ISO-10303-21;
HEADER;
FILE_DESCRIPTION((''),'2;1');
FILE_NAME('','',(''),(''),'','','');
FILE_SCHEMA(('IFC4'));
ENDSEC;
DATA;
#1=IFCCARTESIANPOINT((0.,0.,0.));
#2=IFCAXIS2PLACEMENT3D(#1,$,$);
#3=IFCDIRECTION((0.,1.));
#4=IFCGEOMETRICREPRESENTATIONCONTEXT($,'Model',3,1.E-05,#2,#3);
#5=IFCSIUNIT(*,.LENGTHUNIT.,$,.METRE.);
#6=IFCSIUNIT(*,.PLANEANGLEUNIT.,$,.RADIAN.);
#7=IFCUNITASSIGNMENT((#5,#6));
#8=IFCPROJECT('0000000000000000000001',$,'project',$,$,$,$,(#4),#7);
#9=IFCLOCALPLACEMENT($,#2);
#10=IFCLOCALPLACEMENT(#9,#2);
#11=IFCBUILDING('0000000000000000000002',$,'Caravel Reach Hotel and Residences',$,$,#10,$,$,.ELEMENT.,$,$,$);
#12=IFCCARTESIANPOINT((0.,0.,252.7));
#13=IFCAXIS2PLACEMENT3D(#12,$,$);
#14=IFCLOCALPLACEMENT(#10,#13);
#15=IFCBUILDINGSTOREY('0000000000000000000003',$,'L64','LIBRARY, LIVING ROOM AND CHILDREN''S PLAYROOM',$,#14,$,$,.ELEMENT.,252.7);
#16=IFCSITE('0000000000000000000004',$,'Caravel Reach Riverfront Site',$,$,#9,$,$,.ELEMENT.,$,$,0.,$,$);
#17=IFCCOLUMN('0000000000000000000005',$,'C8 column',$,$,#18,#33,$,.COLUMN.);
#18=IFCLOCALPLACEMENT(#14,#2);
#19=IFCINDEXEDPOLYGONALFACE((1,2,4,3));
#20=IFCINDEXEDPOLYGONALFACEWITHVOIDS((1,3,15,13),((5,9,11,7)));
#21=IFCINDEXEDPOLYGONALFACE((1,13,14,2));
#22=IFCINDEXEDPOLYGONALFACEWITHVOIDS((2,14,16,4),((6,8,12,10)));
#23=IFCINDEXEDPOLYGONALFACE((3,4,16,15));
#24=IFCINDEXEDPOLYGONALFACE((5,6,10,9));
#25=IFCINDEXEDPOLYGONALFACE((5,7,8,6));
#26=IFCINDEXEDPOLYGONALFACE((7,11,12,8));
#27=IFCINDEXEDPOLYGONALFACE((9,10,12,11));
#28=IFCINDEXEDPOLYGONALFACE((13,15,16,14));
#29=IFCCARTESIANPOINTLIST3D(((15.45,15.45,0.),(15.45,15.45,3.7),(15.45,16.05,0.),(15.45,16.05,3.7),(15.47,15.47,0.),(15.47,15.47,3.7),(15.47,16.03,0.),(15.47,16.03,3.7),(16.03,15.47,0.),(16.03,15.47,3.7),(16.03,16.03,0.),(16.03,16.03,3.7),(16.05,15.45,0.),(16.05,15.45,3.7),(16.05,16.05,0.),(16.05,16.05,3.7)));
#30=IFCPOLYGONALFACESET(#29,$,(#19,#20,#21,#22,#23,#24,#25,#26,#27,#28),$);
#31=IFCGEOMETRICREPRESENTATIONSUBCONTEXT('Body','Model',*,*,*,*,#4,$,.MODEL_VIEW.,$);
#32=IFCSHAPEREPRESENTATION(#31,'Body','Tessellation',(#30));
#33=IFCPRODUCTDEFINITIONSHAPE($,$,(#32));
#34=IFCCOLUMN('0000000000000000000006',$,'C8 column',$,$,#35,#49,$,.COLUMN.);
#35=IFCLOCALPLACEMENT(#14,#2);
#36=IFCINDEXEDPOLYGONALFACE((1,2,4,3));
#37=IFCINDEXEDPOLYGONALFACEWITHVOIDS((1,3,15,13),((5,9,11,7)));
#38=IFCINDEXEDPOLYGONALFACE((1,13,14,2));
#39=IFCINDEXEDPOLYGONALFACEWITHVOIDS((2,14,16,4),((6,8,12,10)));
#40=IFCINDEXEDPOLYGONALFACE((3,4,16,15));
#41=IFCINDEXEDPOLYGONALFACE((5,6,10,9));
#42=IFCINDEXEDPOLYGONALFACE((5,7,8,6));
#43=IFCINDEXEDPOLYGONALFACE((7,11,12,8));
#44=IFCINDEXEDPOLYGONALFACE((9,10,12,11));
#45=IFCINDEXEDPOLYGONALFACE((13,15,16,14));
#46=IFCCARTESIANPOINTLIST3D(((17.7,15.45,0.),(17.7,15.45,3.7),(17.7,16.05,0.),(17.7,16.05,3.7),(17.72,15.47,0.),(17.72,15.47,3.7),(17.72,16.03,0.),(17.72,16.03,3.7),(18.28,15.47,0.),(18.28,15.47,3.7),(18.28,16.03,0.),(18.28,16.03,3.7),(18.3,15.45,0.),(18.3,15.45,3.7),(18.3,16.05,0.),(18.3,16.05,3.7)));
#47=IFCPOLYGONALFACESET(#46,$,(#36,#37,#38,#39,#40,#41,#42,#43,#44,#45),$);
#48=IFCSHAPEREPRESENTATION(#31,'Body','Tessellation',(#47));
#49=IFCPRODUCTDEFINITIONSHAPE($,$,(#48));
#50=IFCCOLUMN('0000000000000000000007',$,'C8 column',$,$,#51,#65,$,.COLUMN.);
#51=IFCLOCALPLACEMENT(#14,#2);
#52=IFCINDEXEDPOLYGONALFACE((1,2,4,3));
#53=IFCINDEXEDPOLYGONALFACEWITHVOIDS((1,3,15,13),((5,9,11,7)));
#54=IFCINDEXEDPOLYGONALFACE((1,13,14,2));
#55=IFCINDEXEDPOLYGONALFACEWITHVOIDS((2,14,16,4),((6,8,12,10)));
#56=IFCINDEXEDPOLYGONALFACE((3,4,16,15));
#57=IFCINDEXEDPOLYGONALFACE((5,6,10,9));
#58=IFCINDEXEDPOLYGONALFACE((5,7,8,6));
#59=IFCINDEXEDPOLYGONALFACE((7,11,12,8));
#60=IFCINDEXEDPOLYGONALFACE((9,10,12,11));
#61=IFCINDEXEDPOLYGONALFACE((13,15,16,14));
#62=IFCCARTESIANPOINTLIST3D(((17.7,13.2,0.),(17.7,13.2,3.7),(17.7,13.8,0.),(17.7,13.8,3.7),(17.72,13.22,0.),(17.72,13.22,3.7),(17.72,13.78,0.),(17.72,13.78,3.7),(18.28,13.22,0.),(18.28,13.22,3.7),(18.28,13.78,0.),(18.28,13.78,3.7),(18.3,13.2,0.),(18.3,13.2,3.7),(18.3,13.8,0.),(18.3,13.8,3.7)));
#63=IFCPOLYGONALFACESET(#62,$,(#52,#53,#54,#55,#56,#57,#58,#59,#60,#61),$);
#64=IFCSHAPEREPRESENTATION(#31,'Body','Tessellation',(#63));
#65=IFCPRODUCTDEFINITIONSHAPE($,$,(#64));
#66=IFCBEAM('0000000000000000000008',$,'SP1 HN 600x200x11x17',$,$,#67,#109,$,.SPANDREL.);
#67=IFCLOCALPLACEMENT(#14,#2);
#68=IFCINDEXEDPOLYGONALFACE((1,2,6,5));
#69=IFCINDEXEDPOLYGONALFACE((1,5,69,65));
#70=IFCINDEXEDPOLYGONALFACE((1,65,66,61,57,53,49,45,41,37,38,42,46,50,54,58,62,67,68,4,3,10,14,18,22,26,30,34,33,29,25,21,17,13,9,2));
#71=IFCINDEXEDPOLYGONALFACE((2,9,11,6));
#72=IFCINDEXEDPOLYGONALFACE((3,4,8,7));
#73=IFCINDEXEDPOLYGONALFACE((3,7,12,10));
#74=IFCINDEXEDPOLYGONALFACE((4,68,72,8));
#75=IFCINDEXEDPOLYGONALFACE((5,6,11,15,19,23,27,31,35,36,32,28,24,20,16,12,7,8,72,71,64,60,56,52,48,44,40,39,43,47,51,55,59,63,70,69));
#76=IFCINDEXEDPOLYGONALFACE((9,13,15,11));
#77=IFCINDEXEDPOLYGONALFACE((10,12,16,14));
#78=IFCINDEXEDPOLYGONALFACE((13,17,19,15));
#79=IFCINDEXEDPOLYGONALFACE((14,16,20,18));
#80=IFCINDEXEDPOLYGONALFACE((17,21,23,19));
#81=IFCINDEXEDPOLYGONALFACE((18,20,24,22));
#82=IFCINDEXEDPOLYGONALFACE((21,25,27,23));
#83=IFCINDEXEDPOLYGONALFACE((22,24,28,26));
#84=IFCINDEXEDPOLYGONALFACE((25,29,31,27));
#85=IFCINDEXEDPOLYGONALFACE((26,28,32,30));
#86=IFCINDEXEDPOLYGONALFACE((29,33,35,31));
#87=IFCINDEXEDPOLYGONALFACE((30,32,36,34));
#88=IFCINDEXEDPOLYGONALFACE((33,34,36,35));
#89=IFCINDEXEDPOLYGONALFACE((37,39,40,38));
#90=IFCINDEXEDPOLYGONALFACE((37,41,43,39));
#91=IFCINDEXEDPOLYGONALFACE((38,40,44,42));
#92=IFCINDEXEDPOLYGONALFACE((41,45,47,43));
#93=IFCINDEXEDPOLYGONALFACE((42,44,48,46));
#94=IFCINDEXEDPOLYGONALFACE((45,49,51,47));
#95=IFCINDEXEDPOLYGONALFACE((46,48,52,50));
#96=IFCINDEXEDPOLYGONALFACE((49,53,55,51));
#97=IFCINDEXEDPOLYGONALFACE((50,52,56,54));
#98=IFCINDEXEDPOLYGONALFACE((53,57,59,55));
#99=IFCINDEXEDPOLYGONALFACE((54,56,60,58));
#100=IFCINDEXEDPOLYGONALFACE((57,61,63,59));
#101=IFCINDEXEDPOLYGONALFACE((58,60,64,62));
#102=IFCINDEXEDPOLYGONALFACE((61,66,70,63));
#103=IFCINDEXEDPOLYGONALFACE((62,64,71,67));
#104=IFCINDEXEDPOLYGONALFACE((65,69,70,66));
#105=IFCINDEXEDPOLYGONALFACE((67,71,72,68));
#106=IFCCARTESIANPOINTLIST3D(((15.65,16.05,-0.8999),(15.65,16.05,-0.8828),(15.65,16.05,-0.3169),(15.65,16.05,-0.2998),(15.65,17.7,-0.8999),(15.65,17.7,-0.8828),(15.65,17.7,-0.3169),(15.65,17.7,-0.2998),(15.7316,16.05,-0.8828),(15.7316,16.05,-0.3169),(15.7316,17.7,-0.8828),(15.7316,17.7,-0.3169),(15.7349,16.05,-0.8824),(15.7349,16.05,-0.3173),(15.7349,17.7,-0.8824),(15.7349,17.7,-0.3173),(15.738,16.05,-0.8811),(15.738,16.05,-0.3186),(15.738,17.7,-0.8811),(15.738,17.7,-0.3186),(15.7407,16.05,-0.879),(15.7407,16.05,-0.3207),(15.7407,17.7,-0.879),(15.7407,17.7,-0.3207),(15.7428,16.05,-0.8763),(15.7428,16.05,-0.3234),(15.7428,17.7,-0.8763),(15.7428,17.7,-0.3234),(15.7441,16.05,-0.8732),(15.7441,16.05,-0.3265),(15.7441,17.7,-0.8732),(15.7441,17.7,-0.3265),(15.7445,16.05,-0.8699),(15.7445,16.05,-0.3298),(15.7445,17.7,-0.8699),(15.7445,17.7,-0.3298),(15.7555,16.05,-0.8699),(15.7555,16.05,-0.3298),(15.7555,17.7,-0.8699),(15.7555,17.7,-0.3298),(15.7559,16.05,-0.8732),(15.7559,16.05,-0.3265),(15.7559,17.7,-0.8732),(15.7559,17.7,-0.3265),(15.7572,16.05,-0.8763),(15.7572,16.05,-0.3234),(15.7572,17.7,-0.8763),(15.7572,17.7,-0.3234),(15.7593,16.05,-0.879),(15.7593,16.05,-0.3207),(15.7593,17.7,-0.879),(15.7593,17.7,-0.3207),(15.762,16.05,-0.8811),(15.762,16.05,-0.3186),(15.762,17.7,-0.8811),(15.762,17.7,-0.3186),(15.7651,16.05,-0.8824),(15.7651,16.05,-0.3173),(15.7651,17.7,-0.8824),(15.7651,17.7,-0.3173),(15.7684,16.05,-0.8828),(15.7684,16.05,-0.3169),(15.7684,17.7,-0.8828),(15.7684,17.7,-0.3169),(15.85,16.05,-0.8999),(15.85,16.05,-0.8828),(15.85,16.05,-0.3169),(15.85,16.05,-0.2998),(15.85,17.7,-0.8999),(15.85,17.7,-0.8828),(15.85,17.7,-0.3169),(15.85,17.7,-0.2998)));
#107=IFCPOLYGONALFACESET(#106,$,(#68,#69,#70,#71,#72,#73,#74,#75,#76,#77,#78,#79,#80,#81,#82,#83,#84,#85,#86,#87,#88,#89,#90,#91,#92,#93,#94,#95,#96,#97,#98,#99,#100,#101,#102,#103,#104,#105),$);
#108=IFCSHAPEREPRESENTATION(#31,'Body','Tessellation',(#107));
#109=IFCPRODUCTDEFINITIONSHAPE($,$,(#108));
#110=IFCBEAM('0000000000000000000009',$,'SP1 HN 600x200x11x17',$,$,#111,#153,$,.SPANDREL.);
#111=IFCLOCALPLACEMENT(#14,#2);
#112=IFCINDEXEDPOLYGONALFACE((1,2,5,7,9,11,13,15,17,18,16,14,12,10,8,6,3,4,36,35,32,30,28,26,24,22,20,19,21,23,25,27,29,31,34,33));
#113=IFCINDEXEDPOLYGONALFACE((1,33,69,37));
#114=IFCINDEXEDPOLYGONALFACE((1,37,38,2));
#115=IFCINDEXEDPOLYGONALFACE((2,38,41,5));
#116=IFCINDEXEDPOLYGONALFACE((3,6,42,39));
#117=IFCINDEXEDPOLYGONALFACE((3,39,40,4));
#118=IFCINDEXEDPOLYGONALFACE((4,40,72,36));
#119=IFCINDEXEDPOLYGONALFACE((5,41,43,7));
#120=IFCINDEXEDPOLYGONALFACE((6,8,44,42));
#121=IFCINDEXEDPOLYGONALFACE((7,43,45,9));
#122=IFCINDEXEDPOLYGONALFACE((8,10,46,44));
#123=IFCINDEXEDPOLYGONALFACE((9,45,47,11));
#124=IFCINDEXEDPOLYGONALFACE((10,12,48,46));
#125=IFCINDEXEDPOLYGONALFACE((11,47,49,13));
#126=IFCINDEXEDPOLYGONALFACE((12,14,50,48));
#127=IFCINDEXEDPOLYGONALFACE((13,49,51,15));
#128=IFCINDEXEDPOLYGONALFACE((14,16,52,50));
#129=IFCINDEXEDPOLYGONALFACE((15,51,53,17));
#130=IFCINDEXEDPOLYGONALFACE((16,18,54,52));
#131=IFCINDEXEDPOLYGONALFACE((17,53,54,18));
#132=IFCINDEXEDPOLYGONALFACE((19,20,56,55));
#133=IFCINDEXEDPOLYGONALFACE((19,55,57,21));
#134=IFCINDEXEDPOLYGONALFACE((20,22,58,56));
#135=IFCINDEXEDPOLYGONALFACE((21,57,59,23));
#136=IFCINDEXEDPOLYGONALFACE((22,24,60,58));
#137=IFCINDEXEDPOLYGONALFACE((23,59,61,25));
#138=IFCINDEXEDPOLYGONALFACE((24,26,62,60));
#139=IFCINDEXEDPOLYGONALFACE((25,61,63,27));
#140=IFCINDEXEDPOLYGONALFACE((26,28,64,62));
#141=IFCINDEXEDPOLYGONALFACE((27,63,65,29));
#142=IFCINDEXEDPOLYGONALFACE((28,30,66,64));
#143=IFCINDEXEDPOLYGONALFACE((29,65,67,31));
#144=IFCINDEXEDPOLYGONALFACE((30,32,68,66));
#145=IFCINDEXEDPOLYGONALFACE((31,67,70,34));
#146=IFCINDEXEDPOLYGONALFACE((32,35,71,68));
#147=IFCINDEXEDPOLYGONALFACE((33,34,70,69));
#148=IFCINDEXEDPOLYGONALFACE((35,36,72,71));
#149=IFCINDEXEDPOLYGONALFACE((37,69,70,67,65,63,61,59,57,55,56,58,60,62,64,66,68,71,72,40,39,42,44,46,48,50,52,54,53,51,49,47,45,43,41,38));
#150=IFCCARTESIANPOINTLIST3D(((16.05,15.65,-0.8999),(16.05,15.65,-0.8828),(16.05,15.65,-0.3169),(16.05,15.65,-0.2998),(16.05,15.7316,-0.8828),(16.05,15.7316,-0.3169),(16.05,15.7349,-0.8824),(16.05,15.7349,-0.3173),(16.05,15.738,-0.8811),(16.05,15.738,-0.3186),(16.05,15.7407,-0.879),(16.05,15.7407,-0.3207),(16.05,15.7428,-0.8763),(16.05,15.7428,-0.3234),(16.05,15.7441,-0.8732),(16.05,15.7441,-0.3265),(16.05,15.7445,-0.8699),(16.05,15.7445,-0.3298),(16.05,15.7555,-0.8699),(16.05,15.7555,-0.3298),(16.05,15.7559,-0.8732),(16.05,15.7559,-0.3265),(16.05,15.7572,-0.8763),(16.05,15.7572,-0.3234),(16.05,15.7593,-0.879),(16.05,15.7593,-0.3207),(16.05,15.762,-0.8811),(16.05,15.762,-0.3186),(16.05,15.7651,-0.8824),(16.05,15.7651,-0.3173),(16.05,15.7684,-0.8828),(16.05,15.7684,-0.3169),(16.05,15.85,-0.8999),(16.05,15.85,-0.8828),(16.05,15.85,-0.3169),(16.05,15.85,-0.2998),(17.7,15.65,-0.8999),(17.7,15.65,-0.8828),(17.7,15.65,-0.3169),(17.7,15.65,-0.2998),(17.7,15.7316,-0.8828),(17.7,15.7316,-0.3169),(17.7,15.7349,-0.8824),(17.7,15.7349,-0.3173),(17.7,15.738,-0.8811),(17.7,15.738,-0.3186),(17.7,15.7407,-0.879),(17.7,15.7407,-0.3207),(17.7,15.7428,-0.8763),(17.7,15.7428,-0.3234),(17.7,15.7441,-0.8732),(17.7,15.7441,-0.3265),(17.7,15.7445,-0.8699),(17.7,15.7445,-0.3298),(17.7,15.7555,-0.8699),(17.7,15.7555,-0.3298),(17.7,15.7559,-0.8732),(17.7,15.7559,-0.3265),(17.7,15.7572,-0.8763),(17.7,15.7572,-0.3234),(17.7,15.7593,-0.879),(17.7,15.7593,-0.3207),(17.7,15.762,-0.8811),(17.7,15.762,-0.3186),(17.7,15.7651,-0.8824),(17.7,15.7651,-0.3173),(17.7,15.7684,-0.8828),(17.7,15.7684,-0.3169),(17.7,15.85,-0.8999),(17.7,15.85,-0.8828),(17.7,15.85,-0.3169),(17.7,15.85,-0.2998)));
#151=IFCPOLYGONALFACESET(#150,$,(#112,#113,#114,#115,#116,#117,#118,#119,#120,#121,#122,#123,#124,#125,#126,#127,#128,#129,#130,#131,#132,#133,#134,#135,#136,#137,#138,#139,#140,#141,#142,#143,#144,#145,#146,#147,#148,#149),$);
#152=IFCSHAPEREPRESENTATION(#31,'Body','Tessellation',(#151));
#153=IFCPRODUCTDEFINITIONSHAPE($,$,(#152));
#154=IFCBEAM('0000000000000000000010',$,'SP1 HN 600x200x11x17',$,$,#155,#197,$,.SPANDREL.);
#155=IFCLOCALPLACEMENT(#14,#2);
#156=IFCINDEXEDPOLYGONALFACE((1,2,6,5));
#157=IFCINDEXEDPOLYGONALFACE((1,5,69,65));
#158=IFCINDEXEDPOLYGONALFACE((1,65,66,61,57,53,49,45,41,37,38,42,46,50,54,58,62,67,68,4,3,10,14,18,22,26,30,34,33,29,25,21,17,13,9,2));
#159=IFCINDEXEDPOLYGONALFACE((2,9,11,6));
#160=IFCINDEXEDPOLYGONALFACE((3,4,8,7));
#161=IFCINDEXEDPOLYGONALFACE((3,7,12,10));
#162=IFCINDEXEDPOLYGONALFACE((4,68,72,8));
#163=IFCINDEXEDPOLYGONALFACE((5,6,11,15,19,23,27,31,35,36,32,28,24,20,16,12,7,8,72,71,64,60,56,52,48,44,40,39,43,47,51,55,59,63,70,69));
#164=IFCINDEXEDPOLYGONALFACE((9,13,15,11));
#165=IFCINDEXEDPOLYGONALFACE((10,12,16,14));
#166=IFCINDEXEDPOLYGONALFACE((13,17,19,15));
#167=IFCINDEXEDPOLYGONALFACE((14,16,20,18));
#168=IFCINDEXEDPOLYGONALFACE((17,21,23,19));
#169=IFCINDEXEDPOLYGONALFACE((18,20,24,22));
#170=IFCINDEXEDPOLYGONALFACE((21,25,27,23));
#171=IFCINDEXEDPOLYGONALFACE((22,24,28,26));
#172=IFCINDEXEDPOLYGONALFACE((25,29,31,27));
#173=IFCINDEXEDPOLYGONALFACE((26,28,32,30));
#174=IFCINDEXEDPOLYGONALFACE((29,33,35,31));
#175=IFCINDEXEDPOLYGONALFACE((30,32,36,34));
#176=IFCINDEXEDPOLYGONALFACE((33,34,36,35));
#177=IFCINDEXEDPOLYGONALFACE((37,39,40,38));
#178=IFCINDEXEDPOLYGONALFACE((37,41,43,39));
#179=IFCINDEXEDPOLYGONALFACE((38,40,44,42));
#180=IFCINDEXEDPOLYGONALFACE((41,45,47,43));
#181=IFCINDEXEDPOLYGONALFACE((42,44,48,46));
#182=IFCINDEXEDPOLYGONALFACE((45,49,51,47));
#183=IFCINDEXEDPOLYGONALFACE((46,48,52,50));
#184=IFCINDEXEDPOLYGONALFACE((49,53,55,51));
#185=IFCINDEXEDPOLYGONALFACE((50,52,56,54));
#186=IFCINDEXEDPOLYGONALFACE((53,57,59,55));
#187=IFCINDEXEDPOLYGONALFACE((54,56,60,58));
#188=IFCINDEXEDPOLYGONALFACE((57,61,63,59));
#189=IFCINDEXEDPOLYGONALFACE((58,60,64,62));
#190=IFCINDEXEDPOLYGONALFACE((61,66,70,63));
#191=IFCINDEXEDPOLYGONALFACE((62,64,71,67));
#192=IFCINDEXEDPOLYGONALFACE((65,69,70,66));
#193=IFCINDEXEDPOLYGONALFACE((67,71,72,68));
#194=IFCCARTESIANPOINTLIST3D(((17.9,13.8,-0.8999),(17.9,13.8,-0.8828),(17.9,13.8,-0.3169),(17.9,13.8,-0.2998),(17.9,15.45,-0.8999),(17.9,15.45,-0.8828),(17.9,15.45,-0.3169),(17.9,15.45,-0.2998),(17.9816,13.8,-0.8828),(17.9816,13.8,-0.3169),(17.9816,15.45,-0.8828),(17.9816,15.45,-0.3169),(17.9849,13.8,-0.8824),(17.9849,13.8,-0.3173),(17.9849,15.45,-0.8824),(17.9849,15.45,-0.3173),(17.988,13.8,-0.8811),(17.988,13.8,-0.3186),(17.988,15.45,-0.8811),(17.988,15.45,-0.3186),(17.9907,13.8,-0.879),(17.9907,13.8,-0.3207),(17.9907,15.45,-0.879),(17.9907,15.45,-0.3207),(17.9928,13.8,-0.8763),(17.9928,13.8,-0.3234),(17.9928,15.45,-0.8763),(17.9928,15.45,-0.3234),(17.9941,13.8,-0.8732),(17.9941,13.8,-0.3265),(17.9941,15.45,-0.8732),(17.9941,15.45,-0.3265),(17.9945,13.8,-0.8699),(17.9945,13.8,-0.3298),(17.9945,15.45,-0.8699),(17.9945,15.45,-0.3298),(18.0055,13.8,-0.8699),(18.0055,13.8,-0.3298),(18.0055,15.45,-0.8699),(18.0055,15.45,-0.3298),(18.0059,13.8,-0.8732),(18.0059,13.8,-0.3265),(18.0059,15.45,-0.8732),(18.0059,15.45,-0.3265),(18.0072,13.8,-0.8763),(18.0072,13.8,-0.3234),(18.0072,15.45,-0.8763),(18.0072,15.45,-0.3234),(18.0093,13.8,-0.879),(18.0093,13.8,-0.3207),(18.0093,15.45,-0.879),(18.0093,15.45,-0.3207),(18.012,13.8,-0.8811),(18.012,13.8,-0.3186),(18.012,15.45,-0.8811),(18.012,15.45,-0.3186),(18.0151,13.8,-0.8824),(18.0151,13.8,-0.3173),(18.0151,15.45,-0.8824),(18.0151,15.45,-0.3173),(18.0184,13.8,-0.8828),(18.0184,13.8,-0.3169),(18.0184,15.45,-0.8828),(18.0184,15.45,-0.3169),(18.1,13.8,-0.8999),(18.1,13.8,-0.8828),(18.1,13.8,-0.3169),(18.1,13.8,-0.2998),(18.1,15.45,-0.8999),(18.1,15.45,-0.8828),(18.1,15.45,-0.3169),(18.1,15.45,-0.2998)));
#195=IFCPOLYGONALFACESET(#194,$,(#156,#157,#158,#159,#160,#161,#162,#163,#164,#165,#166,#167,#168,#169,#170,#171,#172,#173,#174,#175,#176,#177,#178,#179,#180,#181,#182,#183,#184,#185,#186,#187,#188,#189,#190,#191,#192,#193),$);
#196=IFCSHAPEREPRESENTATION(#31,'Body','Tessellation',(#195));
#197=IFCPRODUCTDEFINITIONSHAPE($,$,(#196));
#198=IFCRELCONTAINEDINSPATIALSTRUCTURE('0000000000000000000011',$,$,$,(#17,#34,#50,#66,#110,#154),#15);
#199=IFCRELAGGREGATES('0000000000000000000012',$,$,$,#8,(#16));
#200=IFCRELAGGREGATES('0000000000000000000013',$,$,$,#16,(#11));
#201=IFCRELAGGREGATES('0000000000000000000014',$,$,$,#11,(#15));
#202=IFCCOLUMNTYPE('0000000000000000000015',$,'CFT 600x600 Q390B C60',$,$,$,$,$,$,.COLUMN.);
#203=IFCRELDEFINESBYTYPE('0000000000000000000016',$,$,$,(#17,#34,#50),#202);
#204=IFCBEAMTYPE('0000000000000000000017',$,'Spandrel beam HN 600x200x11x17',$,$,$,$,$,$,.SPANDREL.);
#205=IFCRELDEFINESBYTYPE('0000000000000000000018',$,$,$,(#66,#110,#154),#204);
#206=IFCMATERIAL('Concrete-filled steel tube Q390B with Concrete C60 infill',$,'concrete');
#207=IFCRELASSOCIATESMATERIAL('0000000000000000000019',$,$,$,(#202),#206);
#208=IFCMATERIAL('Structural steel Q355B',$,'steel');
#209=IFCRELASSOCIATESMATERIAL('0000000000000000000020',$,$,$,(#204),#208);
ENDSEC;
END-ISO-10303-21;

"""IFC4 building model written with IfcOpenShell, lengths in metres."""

from ifc_helpers import new_model, si_unit, direction, frame, origin, origin_2d, place, context, subcontext, project, spatial, hollow_rectangle, i_section, extrude, material, material_profile, profile_set, type_object, element, save


model = new_model("IFC4")

# Units and contexts
model_context = context("Model", 3, precision=1e-05, world=origin(), true_north=direction((0.0, 1.0)))
body_context = subcontext(model_context, "Body", "Model", "MODEL_VIEW")
ifc_project = project(units=[si_unit("LENGTHUNIT", "METRE"), si_unit("PLANEANGLEUNIT", "RADIAN")], contexts=[model_context])

# Site, building, storey
site_placement = place(None, origin())
site = spatial("IfcSite", under=ifc_project, at=site_placement, Name="Caravel Reach Riverfront Site", CompositionType="ELEMENT", RefElevation=0.0)
building_placement = place(site_placement, origin())
building = spatial("IfcBuilding", under=site, at=building_placement, Name="Caravel Reach Hotel and Residences", CompositionType="ELEMENT")
storey_placement = place(building_placement, frame((0.0, 0.0, 252.7)))
storey = spatial("IfcBuildingStorey", under=building, at=storey_placement, Name="L64", Description="LIBRARY, LIVING ROOM AND CHILDREN'S PLAYROOM", CompositionType="ELEMENT", Elevation=252.7)

# Columns
ifc_material_1 = material(Name="Concrete-filled steel tube Q390B with Concrete C60 infill", Category="concrete")
ifc_material_profile_1 = material_profile(ifc_material_1, hollow_rectangle(XDim=0.6001, YDim=0.6001, WallThickness=0.02, at=origin_2d()), Name="RHS 600x600x20")
ifc_profile_set_1 = profile_set([ifc_material_profile_1], Name="Concrete-filled steel tube Q390B with Concrete C60 infill")
column_type = type_object("IfcColumnType", Name="CFT 600x600 Q390B C60", PredefinedType="COLUMN", material=ifc_profile_set_1)
for number, where, z_axis, x_axis, name in (
    (1, (15.75, 15.75, 0.0), (0.0, 0.0, 1.0), (1.0, 0.0, 0.0), "C8 column"),
    (2, (18.0, 15.75, 0.0), (0.0, 0.0, 1.0), (1.0, 0.0, 0.0), "C8 column"),
    (3, (18.0, 13.5, 0.0), (0.0, 0.0, 1.0), (1.0, 0.0, 0.0), "C8 column"),
):
    element("IfcColumn", number, at=place(storey_placement, frame(where, z_axis=z_axis, x_axis=x_axis)), inside=storey, type_object=column_type, Name=name, PredefinedType="COLUMN", context=body_context, shape_type="SweptSolid", body=[
        extrude(hollow_rectangle(XDim=0.6001, YDim=0.6001, WallThickness=0.02, at=origin_2d()), origin(), (0.0, 0.0, 1.0), 3.7),
    ])

# Beams
ifc_material_2 = material(Name="Structural steel Q355B", Category="steel")
ifc_material_profile_2 = material_profile(ifc_material_2, i_section(OverallWidth=0.2, OverallDepth=0.6001, WebThickness=0.011, FlangeThickness=0.0171, FilletRadius=0.0129, at=origin_2d()), Name="HN 600x200x11x17")
ifc_profile_set_2 = profile_set([ifc_material_profile_2], Name="Structural steel Q355B")
beam_type = type_object("IfcBeamType", Name="Spandrel beam HN 600x200x11x17", PredefinedType="SPANDREL", material=ifc_profile_set_2)
for number, where, z_axis, x_axis, name in (
    (4, (15.75, 17.7, -0.5999), (0.0, -1.0, 0.0), (1.0, 0.0, 0.0), "SP1 HN 600x200x11x17"),
    (5, (16.05, 15.75, -0.5999), (1.0, 0.0, 0.0), (0.0, 1.0, 0.0), "SP1 HN 600x200x11x17"),
    (6, (18.0, 15.45, -0.5999), (0.0, -1.0, 0.0), (1.0, 0.0, 0.0), "SP1 HN 600x200x11x17"),
):
    element("IfcBeam", number, at=place(storey_placement, frame(where, z_axis=z_axis, x_axis=x_axis)), inside=storey, type_object=beam_type, Name=name, PredefinedType="SPANDREL", context=body_context, shape_type="SweptSolid", body=[
        extrude(i_section(OverallWidth=0.2, OverallDepth=0.6001, WebThickness=0.011, FlangeThickness=0.0171, FilletRadius=0.0129, at=origin_2d()), origin(), (0.0, 0.0, 1.0), 1.6499),
    ])

save(model, "model.ifc")
